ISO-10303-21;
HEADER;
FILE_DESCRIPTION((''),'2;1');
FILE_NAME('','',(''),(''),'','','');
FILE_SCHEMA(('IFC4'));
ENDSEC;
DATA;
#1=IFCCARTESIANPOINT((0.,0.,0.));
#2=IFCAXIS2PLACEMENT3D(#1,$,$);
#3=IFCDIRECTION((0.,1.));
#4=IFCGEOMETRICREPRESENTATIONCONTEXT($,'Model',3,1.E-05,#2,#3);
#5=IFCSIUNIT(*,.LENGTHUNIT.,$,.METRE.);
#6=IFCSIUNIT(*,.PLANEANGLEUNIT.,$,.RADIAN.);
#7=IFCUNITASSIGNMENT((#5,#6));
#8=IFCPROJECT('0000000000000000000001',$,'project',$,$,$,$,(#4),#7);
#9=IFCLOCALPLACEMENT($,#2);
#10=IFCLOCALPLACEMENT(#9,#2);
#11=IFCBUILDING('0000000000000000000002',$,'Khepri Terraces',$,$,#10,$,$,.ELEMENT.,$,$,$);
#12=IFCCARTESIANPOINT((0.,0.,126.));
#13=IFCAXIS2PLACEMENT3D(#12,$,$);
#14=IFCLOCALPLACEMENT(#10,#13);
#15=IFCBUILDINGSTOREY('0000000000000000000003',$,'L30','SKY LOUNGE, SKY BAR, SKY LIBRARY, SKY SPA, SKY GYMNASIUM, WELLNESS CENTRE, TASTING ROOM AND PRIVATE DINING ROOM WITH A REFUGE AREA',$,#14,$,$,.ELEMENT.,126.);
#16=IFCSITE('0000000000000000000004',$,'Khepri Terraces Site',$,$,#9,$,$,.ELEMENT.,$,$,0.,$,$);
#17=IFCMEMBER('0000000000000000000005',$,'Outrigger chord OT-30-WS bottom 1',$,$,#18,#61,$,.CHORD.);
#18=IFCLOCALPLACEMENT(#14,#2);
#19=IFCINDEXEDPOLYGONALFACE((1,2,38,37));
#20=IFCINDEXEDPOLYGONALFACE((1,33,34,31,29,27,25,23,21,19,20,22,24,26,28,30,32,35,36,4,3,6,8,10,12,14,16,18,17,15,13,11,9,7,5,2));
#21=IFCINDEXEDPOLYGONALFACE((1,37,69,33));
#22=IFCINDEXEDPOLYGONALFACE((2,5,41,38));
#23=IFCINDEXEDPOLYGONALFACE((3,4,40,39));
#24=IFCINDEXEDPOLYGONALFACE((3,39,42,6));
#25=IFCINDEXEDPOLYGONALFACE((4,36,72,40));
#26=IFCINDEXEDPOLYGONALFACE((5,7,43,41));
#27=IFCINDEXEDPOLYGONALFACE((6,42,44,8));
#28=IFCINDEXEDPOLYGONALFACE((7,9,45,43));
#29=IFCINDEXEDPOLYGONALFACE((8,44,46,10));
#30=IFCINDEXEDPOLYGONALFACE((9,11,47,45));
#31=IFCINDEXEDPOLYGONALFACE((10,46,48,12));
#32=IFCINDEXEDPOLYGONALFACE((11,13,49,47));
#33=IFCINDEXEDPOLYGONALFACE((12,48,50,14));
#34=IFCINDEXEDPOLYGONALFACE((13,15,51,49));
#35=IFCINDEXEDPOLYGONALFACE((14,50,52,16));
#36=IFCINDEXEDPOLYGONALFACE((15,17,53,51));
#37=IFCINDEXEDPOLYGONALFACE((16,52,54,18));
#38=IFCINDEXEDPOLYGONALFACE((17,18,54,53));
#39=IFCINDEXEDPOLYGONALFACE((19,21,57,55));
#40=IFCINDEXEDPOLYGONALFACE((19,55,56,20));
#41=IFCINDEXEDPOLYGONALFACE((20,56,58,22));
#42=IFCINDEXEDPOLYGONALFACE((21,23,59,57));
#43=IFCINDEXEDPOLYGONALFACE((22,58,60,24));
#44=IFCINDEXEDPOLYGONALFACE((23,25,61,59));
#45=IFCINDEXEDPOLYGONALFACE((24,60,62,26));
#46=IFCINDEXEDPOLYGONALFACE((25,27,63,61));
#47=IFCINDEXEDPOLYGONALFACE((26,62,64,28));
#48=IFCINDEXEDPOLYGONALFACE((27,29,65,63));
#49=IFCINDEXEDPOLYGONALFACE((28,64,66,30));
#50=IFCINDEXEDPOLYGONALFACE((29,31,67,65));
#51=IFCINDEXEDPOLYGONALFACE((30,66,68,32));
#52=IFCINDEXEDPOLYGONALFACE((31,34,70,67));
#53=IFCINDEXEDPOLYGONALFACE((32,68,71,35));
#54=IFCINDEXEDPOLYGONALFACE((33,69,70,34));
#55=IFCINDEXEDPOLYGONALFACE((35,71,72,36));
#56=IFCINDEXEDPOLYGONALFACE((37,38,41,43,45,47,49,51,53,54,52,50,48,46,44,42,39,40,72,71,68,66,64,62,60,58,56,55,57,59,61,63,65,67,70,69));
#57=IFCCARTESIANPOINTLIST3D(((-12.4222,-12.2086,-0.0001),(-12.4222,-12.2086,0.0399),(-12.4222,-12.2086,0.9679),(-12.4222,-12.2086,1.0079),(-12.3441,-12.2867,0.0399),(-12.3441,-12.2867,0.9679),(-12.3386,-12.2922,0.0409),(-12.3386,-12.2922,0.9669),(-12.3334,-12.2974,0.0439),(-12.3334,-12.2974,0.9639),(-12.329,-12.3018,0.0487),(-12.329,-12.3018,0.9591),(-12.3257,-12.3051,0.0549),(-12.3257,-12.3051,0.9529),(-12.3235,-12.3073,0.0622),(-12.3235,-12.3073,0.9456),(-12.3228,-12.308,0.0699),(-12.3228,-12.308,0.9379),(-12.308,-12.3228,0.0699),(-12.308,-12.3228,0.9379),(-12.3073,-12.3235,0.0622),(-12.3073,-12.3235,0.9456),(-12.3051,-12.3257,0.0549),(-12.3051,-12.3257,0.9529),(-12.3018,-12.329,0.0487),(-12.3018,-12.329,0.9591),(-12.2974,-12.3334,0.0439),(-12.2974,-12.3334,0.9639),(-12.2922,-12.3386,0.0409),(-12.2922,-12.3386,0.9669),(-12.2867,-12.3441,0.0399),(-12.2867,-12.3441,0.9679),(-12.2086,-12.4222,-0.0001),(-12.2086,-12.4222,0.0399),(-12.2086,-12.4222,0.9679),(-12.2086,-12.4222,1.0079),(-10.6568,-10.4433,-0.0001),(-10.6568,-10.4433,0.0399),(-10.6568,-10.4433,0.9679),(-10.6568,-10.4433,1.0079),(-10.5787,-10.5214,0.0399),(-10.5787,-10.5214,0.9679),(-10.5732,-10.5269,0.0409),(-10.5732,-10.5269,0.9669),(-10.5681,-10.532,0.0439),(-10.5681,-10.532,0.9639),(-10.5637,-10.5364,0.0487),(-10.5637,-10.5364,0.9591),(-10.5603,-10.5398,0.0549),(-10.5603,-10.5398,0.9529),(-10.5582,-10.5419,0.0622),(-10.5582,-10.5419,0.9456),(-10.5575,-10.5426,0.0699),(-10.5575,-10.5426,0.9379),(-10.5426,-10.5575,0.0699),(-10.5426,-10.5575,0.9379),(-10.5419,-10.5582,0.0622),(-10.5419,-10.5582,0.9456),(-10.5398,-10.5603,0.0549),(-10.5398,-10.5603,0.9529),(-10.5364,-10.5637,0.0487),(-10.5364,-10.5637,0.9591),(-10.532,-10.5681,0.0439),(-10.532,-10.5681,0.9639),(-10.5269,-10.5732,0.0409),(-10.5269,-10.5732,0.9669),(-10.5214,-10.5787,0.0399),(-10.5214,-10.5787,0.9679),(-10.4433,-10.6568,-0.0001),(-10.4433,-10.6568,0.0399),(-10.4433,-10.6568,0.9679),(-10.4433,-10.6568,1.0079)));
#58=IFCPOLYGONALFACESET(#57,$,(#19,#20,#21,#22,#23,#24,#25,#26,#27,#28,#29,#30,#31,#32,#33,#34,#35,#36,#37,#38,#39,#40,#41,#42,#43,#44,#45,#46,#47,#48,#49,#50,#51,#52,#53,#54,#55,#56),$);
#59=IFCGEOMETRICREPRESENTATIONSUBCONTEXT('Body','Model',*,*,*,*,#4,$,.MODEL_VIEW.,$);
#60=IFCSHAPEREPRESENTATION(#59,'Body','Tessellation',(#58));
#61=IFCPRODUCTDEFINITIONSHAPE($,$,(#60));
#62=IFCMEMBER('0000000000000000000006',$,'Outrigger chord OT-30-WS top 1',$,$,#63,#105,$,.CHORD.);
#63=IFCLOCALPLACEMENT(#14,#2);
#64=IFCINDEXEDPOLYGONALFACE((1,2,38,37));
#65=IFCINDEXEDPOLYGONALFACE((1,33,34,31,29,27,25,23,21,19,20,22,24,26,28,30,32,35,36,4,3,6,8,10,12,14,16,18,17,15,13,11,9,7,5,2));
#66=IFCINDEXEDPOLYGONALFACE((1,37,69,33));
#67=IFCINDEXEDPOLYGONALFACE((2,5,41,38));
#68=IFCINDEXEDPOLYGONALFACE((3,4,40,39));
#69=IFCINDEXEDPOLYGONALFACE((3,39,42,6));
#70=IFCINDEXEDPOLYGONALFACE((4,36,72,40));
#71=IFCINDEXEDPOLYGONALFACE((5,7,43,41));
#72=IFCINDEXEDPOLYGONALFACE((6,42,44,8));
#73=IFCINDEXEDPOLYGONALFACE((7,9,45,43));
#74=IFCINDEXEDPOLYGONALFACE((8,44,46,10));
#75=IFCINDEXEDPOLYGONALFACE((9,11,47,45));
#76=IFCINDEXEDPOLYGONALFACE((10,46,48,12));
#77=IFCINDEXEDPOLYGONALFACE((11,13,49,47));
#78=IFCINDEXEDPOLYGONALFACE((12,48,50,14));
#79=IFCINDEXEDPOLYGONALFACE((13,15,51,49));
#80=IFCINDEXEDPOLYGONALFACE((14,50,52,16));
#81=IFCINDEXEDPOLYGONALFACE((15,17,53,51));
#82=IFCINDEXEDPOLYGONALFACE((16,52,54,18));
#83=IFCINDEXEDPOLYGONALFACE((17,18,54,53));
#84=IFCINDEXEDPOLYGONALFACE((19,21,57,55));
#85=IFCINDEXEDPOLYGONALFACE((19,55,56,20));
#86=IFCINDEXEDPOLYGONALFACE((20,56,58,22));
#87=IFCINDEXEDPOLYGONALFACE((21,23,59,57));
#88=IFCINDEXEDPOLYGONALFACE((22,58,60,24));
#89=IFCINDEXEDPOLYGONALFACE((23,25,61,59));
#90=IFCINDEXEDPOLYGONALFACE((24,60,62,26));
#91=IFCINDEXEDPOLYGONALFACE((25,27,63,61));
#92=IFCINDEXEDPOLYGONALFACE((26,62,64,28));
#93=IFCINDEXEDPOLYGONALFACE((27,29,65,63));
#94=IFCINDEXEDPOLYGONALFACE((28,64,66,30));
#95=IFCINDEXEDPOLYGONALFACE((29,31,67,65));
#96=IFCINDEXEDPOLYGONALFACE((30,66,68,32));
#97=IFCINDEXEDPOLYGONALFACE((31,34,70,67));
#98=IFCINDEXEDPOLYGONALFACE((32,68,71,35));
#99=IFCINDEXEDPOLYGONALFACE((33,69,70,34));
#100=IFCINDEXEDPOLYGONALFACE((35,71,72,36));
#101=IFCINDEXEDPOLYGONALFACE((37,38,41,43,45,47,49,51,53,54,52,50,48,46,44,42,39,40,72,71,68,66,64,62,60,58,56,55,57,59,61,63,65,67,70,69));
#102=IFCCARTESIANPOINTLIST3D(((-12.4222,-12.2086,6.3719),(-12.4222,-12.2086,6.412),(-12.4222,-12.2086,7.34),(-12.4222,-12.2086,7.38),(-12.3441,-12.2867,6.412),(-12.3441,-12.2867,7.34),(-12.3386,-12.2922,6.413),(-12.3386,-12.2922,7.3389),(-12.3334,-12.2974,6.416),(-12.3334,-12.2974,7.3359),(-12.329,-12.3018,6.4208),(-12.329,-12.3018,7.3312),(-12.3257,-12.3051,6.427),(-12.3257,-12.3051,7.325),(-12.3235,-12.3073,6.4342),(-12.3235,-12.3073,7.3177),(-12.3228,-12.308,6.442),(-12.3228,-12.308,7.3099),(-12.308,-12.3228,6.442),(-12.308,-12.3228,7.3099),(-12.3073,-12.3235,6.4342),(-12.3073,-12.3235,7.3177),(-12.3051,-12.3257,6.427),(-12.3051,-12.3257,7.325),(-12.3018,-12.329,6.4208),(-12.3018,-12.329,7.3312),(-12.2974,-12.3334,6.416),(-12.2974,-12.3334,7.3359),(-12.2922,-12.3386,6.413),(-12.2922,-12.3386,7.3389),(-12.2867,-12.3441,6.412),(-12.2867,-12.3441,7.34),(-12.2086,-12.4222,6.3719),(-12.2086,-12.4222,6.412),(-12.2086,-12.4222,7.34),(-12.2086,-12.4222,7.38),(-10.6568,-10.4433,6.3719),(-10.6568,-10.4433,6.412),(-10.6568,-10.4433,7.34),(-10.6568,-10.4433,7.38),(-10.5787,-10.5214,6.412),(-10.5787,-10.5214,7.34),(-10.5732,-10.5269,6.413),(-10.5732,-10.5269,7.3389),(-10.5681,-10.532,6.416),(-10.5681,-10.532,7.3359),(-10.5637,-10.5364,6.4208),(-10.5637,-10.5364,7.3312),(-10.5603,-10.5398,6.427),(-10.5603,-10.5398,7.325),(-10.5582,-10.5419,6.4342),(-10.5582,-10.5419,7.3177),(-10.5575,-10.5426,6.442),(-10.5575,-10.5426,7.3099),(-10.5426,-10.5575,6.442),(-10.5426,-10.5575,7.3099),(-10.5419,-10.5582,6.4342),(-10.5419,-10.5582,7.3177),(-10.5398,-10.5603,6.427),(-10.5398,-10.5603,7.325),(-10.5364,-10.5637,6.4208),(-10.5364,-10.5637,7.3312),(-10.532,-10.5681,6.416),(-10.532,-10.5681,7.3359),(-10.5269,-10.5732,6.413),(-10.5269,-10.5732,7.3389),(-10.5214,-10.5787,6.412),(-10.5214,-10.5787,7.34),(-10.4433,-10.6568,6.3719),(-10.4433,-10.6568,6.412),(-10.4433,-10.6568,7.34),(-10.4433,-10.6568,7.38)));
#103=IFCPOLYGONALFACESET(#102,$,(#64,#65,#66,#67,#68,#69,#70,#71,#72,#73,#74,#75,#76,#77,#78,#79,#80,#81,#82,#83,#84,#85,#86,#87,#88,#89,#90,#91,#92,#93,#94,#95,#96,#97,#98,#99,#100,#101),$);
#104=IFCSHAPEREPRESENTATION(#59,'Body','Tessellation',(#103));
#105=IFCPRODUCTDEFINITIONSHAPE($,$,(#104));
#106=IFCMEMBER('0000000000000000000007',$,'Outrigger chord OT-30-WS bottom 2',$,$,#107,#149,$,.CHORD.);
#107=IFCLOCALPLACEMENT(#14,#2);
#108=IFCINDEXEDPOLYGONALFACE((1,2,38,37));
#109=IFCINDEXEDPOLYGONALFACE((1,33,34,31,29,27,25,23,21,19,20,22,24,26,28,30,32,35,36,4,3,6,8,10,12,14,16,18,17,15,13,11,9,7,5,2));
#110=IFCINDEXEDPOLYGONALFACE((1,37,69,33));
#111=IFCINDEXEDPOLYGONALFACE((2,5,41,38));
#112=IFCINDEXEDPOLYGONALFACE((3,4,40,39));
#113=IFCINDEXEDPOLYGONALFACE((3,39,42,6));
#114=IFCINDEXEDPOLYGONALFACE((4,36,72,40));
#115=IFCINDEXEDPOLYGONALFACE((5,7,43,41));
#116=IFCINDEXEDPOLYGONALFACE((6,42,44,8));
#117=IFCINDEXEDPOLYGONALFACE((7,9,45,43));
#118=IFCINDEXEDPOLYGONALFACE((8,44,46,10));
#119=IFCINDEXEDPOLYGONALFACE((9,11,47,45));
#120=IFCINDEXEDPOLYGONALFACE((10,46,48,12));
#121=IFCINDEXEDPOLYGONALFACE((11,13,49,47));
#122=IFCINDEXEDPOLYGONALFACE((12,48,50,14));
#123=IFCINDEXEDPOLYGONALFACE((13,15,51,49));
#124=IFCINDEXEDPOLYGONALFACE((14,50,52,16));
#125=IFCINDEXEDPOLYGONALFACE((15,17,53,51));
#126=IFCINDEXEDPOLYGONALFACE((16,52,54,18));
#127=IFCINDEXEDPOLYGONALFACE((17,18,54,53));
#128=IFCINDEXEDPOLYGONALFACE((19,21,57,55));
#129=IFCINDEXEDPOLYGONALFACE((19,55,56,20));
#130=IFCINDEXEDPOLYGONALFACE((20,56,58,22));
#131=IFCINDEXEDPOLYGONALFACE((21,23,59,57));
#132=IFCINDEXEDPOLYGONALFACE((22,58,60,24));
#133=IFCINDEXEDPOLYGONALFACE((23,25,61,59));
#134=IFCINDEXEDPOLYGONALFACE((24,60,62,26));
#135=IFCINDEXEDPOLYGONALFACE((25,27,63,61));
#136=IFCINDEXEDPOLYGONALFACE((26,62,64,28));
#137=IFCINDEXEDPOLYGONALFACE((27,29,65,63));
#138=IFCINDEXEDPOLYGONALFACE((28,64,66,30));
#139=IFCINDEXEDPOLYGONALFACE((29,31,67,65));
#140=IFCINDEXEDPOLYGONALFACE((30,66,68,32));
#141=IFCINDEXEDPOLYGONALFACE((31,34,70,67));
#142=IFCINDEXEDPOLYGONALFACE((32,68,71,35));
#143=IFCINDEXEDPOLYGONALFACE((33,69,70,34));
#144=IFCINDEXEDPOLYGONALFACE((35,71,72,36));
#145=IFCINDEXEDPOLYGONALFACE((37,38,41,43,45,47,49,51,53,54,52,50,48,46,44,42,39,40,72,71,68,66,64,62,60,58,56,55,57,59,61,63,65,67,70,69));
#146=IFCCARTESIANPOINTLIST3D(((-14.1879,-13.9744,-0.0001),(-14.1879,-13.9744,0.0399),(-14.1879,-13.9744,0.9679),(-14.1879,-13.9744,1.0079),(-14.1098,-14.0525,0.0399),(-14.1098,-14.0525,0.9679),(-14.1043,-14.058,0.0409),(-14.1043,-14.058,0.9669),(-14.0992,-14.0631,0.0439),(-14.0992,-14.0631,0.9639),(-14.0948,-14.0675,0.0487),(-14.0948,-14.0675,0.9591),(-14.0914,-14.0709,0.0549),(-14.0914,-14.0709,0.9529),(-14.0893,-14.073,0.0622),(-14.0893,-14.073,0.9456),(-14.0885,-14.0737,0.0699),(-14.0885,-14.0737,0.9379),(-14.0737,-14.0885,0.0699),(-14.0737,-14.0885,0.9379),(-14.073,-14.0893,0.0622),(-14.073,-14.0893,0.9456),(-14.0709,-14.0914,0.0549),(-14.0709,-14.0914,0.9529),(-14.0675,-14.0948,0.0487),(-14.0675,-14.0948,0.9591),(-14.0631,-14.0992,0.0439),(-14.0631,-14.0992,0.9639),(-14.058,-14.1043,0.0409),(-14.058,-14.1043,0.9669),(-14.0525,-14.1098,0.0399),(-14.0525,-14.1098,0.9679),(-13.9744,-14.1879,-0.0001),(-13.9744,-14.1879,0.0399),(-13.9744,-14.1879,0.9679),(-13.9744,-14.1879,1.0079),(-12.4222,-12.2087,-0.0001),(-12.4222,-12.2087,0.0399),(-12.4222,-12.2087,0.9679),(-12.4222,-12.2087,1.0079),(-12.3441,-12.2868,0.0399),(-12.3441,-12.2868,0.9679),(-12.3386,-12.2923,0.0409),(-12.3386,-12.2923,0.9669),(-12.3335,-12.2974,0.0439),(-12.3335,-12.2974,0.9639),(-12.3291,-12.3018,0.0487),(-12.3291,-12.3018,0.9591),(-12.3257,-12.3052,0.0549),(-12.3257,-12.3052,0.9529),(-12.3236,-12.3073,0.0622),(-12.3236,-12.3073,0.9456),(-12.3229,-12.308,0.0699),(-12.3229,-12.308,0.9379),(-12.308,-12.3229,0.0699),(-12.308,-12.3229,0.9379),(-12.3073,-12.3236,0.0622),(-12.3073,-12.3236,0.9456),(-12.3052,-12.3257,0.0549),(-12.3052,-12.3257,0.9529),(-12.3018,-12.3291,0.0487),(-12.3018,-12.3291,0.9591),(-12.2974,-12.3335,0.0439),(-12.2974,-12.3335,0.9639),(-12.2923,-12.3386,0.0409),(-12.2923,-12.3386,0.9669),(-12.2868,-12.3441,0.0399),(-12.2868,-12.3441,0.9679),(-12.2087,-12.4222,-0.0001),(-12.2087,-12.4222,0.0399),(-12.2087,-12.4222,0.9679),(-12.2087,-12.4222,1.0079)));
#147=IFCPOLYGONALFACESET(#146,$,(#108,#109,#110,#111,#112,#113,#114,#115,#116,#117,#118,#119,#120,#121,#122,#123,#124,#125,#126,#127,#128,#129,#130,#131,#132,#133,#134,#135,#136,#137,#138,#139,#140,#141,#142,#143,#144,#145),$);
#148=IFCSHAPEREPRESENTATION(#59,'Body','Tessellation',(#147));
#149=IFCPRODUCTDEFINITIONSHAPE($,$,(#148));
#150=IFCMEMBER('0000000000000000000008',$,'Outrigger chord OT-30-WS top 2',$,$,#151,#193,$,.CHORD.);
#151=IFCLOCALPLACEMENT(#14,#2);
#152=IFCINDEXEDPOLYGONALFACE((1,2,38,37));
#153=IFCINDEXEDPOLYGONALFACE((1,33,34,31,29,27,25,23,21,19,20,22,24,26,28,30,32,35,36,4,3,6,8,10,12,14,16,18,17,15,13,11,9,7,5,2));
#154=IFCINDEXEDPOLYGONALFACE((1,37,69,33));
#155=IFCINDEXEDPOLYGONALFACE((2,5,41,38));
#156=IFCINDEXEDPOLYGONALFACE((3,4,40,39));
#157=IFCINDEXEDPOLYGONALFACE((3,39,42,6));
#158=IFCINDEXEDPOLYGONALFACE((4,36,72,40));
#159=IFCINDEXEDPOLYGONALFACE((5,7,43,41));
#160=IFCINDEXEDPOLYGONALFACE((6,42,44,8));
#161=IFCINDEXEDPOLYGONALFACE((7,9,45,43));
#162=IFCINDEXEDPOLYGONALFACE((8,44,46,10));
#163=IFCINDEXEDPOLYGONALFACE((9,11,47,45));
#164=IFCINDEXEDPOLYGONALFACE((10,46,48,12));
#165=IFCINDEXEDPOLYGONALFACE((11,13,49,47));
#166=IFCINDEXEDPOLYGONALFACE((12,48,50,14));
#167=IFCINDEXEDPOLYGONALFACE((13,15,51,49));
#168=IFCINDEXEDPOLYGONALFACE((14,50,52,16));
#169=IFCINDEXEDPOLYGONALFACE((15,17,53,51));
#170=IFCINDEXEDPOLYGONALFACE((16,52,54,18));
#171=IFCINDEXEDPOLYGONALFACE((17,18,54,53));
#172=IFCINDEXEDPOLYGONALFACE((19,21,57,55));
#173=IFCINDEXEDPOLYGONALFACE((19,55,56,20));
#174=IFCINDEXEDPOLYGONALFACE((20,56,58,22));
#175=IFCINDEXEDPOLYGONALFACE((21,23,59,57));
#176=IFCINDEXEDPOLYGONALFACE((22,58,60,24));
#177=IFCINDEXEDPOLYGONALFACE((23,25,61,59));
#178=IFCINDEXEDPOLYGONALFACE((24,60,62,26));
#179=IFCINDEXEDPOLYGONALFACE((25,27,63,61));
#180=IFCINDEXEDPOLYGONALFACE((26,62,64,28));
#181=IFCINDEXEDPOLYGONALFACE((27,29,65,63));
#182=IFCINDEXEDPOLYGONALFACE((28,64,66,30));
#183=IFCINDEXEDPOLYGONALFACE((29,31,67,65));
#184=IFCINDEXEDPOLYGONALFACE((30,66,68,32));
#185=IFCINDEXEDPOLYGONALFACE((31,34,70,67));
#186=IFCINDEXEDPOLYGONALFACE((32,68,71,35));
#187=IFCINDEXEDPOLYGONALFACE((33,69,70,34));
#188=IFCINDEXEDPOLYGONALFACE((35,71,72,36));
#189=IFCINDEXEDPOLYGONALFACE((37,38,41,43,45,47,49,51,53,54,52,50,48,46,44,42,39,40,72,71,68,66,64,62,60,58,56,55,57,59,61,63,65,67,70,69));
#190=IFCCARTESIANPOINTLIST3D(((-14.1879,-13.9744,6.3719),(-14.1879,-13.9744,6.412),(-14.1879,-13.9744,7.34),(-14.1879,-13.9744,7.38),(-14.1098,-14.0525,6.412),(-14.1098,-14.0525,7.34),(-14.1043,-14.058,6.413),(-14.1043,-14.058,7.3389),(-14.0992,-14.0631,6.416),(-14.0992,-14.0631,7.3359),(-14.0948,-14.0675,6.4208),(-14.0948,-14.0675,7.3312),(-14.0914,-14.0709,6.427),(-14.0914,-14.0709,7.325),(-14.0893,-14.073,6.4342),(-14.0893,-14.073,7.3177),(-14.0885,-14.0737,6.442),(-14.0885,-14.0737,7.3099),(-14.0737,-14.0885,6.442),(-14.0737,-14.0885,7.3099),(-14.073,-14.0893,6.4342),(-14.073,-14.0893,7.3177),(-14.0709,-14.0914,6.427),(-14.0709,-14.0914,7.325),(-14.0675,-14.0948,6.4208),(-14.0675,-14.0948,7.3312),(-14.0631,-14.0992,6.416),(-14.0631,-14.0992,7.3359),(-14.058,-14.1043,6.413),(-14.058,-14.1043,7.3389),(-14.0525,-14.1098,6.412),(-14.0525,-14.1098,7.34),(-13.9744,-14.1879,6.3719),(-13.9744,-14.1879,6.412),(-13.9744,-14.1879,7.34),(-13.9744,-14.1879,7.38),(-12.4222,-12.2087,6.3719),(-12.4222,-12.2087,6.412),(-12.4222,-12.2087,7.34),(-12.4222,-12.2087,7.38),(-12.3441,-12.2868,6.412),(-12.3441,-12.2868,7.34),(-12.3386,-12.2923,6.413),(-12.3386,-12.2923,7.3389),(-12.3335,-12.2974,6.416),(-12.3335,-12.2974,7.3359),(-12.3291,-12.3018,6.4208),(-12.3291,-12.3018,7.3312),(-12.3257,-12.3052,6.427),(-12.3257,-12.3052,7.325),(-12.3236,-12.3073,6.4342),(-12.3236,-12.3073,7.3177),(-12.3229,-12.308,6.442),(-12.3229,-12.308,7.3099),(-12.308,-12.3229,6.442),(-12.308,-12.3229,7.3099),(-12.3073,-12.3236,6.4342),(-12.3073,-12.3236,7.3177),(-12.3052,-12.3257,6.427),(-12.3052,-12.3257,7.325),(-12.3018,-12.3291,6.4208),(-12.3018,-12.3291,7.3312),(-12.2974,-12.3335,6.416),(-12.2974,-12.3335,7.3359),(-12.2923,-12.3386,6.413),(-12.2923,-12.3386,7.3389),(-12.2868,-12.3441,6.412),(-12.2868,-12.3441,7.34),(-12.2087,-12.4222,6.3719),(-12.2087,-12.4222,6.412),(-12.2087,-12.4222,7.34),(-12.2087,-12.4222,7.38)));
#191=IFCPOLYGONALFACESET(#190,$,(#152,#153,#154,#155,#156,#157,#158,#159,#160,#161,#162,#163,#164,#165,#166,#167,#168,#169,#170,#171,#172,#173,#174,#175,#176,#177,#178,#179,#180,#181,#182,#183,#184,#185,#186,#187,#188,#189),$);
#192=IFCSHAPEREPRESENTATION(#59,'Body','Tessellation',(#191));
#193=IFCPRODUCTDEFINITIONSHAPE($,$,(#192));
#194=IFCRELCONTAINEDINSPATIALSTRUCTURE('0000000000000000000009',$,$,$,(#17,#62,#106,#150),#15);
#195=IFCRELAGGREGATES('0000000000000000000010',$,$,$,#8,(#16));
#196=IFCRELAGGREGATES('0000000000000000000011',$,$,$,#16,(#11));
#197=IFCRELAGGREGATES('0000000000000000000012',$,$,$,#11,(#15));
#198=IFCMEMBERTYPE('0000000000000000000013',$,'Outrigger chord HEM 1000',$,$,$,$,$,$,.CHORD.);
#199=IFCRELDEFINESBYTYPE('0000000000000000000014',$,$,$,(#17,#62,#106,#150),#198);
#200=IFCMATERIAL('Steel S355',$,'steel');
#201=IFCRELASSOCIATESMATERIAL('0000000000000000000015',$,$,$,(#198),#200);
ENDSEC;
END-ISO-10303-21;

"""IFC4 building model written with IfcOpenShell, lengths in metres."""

from ifc_helpers import new_model, si_unit, direction, frame, origin, origin_2d, place, context, subcontext, project, spatial, i_section, extrude, material, material_profile, profile_set, type_object, element, save


model = new_model("IFC4")

# Units and contexts
model_context = context("Model", 3, precision=1e-05, world=origin(), true_north=direction((0.0, 1.0)))
body_context = subcontext(model_context, "Body", "Model", "MODEL_VIEW")
ifc_project = project(units=[si_unit("LENGTHUNIT", "METRE"), si_unit("PLANEANGLEUNIT", "RADIAN")], contexts=[model_context])

# Site, building, storey
site_placement = place(None, origin())
site = spatial("IfcSite", under=ifc_project, at=site_placement, Name="Khepri Terraces Site", CompositionType="ELEMENT", RefElevation=0.0)
building_placement = place(site_placement, origin())
building = spatial("IfcBuilding", under=site, at=building_placement, Name="Khepri Terraces", CompositionType="ELEMENT")
storey_placement = place(building_placement, frame((0.0, 0.0, 126.0)))
storey = spatial("IfcBuildingStorey", under=building, at=storey_placement, Name="L30", Description="SKY LOUNGE, SKY BAR, SKY LIBRARY, SKY SPA, SKY GYMNASIUM, WELLNESS CENTRE, TASTING ROOM AND PRIVATE DINING ROOM WITH A REFUGE AREA", CompositionType="ELEMENT", Elevation=126.0)

# Members
ifc_material_1 = material(Name="Steel S355", Category="steel")
ifc_material_profile_1 = material_profile(ifc_material_1, i_section(OverallWidth=0.302, OverallDepth=1.0081, WebThickness=0.021, FlangeThickness=0.04, FilletRadius=0.03, at=origin_2d()), Name="Steel S355", Category="steel")
ifc_profile_set_1 = profile_set([ifc_material_profile_1], Name="Steel S355")
member_type_1 = type_object("IfcMemberType", Name="Outrigger chord HEM 1000", PredefinedType="CHORD", material=ifc_profile_set_1)
for number, where, z_axis, x_axis, name in (
    (1, (-10.55, -10.55, 0.5039), (-0.707107, -0.707107, 0.0), (0.707107, -0.707107, 0.0), "Outrigger chord OT-30-WS bottom 1"),
    (2, (-10.55, -10.55, 6.876), (-0.707107, -0.707107, 0.0), (0.707107, -0.707107, 0.0), "Outrigger chord OT-30-WS top 1"),
):
    element("IfcMember", number, at=place(storey_placement, frame(where, z_axis=z_axis, x_axis=x_axis)), inside=storey, type_object=member_type_1, Name=name, PredefinedType="CHORD", context=body_context, shape_type="SweptSolid", body=[
        extrude(i_section(OverallWidth=0.302, OverallDepth=1.0081, WebThickness=0.021, FlangeThickness=0.04, FilletRadius=0.03, at=origin_2d()), origin(), (0.0, 0.0, 1.0), 2.4966),
    ])
for number, where, z_axis, x_axis, name in (
    (3, (-12.3154, -12.3154, 0.5039), (-0.707107, -0.707107, 0.0), (0.707107, -0.707107, 0.0), "Outrigger chord OT-30-WS bottom 2"),
    (4, (-12.3154, -12.3154, 6.876), (-0.707107, -0.707107, 0.0), (0.707107, -0.707107, 0.0), "Outrigger chord OT-30-WS top 2"),
):
    element("IfcMember", number, at=place(storey_placement, frame(where, z_axis=z_axis, x_axis=x_axis)), inside=storey, type_object=member_type_1, Name=name, PredefinedType="CHORD", context=body_context, shape_type="SweptSolid", body=[
        extrude(i_section(OverallWidth=0.302, OverallDepth=1.0081, WebThickness=0.021, FlangeThickness=0.04, FilletRadius=0.03, at=origin_2d()), origin(), (0.0, 0.0, 1.0), 2.4971),
    ])

save(model, "model.ifc")
